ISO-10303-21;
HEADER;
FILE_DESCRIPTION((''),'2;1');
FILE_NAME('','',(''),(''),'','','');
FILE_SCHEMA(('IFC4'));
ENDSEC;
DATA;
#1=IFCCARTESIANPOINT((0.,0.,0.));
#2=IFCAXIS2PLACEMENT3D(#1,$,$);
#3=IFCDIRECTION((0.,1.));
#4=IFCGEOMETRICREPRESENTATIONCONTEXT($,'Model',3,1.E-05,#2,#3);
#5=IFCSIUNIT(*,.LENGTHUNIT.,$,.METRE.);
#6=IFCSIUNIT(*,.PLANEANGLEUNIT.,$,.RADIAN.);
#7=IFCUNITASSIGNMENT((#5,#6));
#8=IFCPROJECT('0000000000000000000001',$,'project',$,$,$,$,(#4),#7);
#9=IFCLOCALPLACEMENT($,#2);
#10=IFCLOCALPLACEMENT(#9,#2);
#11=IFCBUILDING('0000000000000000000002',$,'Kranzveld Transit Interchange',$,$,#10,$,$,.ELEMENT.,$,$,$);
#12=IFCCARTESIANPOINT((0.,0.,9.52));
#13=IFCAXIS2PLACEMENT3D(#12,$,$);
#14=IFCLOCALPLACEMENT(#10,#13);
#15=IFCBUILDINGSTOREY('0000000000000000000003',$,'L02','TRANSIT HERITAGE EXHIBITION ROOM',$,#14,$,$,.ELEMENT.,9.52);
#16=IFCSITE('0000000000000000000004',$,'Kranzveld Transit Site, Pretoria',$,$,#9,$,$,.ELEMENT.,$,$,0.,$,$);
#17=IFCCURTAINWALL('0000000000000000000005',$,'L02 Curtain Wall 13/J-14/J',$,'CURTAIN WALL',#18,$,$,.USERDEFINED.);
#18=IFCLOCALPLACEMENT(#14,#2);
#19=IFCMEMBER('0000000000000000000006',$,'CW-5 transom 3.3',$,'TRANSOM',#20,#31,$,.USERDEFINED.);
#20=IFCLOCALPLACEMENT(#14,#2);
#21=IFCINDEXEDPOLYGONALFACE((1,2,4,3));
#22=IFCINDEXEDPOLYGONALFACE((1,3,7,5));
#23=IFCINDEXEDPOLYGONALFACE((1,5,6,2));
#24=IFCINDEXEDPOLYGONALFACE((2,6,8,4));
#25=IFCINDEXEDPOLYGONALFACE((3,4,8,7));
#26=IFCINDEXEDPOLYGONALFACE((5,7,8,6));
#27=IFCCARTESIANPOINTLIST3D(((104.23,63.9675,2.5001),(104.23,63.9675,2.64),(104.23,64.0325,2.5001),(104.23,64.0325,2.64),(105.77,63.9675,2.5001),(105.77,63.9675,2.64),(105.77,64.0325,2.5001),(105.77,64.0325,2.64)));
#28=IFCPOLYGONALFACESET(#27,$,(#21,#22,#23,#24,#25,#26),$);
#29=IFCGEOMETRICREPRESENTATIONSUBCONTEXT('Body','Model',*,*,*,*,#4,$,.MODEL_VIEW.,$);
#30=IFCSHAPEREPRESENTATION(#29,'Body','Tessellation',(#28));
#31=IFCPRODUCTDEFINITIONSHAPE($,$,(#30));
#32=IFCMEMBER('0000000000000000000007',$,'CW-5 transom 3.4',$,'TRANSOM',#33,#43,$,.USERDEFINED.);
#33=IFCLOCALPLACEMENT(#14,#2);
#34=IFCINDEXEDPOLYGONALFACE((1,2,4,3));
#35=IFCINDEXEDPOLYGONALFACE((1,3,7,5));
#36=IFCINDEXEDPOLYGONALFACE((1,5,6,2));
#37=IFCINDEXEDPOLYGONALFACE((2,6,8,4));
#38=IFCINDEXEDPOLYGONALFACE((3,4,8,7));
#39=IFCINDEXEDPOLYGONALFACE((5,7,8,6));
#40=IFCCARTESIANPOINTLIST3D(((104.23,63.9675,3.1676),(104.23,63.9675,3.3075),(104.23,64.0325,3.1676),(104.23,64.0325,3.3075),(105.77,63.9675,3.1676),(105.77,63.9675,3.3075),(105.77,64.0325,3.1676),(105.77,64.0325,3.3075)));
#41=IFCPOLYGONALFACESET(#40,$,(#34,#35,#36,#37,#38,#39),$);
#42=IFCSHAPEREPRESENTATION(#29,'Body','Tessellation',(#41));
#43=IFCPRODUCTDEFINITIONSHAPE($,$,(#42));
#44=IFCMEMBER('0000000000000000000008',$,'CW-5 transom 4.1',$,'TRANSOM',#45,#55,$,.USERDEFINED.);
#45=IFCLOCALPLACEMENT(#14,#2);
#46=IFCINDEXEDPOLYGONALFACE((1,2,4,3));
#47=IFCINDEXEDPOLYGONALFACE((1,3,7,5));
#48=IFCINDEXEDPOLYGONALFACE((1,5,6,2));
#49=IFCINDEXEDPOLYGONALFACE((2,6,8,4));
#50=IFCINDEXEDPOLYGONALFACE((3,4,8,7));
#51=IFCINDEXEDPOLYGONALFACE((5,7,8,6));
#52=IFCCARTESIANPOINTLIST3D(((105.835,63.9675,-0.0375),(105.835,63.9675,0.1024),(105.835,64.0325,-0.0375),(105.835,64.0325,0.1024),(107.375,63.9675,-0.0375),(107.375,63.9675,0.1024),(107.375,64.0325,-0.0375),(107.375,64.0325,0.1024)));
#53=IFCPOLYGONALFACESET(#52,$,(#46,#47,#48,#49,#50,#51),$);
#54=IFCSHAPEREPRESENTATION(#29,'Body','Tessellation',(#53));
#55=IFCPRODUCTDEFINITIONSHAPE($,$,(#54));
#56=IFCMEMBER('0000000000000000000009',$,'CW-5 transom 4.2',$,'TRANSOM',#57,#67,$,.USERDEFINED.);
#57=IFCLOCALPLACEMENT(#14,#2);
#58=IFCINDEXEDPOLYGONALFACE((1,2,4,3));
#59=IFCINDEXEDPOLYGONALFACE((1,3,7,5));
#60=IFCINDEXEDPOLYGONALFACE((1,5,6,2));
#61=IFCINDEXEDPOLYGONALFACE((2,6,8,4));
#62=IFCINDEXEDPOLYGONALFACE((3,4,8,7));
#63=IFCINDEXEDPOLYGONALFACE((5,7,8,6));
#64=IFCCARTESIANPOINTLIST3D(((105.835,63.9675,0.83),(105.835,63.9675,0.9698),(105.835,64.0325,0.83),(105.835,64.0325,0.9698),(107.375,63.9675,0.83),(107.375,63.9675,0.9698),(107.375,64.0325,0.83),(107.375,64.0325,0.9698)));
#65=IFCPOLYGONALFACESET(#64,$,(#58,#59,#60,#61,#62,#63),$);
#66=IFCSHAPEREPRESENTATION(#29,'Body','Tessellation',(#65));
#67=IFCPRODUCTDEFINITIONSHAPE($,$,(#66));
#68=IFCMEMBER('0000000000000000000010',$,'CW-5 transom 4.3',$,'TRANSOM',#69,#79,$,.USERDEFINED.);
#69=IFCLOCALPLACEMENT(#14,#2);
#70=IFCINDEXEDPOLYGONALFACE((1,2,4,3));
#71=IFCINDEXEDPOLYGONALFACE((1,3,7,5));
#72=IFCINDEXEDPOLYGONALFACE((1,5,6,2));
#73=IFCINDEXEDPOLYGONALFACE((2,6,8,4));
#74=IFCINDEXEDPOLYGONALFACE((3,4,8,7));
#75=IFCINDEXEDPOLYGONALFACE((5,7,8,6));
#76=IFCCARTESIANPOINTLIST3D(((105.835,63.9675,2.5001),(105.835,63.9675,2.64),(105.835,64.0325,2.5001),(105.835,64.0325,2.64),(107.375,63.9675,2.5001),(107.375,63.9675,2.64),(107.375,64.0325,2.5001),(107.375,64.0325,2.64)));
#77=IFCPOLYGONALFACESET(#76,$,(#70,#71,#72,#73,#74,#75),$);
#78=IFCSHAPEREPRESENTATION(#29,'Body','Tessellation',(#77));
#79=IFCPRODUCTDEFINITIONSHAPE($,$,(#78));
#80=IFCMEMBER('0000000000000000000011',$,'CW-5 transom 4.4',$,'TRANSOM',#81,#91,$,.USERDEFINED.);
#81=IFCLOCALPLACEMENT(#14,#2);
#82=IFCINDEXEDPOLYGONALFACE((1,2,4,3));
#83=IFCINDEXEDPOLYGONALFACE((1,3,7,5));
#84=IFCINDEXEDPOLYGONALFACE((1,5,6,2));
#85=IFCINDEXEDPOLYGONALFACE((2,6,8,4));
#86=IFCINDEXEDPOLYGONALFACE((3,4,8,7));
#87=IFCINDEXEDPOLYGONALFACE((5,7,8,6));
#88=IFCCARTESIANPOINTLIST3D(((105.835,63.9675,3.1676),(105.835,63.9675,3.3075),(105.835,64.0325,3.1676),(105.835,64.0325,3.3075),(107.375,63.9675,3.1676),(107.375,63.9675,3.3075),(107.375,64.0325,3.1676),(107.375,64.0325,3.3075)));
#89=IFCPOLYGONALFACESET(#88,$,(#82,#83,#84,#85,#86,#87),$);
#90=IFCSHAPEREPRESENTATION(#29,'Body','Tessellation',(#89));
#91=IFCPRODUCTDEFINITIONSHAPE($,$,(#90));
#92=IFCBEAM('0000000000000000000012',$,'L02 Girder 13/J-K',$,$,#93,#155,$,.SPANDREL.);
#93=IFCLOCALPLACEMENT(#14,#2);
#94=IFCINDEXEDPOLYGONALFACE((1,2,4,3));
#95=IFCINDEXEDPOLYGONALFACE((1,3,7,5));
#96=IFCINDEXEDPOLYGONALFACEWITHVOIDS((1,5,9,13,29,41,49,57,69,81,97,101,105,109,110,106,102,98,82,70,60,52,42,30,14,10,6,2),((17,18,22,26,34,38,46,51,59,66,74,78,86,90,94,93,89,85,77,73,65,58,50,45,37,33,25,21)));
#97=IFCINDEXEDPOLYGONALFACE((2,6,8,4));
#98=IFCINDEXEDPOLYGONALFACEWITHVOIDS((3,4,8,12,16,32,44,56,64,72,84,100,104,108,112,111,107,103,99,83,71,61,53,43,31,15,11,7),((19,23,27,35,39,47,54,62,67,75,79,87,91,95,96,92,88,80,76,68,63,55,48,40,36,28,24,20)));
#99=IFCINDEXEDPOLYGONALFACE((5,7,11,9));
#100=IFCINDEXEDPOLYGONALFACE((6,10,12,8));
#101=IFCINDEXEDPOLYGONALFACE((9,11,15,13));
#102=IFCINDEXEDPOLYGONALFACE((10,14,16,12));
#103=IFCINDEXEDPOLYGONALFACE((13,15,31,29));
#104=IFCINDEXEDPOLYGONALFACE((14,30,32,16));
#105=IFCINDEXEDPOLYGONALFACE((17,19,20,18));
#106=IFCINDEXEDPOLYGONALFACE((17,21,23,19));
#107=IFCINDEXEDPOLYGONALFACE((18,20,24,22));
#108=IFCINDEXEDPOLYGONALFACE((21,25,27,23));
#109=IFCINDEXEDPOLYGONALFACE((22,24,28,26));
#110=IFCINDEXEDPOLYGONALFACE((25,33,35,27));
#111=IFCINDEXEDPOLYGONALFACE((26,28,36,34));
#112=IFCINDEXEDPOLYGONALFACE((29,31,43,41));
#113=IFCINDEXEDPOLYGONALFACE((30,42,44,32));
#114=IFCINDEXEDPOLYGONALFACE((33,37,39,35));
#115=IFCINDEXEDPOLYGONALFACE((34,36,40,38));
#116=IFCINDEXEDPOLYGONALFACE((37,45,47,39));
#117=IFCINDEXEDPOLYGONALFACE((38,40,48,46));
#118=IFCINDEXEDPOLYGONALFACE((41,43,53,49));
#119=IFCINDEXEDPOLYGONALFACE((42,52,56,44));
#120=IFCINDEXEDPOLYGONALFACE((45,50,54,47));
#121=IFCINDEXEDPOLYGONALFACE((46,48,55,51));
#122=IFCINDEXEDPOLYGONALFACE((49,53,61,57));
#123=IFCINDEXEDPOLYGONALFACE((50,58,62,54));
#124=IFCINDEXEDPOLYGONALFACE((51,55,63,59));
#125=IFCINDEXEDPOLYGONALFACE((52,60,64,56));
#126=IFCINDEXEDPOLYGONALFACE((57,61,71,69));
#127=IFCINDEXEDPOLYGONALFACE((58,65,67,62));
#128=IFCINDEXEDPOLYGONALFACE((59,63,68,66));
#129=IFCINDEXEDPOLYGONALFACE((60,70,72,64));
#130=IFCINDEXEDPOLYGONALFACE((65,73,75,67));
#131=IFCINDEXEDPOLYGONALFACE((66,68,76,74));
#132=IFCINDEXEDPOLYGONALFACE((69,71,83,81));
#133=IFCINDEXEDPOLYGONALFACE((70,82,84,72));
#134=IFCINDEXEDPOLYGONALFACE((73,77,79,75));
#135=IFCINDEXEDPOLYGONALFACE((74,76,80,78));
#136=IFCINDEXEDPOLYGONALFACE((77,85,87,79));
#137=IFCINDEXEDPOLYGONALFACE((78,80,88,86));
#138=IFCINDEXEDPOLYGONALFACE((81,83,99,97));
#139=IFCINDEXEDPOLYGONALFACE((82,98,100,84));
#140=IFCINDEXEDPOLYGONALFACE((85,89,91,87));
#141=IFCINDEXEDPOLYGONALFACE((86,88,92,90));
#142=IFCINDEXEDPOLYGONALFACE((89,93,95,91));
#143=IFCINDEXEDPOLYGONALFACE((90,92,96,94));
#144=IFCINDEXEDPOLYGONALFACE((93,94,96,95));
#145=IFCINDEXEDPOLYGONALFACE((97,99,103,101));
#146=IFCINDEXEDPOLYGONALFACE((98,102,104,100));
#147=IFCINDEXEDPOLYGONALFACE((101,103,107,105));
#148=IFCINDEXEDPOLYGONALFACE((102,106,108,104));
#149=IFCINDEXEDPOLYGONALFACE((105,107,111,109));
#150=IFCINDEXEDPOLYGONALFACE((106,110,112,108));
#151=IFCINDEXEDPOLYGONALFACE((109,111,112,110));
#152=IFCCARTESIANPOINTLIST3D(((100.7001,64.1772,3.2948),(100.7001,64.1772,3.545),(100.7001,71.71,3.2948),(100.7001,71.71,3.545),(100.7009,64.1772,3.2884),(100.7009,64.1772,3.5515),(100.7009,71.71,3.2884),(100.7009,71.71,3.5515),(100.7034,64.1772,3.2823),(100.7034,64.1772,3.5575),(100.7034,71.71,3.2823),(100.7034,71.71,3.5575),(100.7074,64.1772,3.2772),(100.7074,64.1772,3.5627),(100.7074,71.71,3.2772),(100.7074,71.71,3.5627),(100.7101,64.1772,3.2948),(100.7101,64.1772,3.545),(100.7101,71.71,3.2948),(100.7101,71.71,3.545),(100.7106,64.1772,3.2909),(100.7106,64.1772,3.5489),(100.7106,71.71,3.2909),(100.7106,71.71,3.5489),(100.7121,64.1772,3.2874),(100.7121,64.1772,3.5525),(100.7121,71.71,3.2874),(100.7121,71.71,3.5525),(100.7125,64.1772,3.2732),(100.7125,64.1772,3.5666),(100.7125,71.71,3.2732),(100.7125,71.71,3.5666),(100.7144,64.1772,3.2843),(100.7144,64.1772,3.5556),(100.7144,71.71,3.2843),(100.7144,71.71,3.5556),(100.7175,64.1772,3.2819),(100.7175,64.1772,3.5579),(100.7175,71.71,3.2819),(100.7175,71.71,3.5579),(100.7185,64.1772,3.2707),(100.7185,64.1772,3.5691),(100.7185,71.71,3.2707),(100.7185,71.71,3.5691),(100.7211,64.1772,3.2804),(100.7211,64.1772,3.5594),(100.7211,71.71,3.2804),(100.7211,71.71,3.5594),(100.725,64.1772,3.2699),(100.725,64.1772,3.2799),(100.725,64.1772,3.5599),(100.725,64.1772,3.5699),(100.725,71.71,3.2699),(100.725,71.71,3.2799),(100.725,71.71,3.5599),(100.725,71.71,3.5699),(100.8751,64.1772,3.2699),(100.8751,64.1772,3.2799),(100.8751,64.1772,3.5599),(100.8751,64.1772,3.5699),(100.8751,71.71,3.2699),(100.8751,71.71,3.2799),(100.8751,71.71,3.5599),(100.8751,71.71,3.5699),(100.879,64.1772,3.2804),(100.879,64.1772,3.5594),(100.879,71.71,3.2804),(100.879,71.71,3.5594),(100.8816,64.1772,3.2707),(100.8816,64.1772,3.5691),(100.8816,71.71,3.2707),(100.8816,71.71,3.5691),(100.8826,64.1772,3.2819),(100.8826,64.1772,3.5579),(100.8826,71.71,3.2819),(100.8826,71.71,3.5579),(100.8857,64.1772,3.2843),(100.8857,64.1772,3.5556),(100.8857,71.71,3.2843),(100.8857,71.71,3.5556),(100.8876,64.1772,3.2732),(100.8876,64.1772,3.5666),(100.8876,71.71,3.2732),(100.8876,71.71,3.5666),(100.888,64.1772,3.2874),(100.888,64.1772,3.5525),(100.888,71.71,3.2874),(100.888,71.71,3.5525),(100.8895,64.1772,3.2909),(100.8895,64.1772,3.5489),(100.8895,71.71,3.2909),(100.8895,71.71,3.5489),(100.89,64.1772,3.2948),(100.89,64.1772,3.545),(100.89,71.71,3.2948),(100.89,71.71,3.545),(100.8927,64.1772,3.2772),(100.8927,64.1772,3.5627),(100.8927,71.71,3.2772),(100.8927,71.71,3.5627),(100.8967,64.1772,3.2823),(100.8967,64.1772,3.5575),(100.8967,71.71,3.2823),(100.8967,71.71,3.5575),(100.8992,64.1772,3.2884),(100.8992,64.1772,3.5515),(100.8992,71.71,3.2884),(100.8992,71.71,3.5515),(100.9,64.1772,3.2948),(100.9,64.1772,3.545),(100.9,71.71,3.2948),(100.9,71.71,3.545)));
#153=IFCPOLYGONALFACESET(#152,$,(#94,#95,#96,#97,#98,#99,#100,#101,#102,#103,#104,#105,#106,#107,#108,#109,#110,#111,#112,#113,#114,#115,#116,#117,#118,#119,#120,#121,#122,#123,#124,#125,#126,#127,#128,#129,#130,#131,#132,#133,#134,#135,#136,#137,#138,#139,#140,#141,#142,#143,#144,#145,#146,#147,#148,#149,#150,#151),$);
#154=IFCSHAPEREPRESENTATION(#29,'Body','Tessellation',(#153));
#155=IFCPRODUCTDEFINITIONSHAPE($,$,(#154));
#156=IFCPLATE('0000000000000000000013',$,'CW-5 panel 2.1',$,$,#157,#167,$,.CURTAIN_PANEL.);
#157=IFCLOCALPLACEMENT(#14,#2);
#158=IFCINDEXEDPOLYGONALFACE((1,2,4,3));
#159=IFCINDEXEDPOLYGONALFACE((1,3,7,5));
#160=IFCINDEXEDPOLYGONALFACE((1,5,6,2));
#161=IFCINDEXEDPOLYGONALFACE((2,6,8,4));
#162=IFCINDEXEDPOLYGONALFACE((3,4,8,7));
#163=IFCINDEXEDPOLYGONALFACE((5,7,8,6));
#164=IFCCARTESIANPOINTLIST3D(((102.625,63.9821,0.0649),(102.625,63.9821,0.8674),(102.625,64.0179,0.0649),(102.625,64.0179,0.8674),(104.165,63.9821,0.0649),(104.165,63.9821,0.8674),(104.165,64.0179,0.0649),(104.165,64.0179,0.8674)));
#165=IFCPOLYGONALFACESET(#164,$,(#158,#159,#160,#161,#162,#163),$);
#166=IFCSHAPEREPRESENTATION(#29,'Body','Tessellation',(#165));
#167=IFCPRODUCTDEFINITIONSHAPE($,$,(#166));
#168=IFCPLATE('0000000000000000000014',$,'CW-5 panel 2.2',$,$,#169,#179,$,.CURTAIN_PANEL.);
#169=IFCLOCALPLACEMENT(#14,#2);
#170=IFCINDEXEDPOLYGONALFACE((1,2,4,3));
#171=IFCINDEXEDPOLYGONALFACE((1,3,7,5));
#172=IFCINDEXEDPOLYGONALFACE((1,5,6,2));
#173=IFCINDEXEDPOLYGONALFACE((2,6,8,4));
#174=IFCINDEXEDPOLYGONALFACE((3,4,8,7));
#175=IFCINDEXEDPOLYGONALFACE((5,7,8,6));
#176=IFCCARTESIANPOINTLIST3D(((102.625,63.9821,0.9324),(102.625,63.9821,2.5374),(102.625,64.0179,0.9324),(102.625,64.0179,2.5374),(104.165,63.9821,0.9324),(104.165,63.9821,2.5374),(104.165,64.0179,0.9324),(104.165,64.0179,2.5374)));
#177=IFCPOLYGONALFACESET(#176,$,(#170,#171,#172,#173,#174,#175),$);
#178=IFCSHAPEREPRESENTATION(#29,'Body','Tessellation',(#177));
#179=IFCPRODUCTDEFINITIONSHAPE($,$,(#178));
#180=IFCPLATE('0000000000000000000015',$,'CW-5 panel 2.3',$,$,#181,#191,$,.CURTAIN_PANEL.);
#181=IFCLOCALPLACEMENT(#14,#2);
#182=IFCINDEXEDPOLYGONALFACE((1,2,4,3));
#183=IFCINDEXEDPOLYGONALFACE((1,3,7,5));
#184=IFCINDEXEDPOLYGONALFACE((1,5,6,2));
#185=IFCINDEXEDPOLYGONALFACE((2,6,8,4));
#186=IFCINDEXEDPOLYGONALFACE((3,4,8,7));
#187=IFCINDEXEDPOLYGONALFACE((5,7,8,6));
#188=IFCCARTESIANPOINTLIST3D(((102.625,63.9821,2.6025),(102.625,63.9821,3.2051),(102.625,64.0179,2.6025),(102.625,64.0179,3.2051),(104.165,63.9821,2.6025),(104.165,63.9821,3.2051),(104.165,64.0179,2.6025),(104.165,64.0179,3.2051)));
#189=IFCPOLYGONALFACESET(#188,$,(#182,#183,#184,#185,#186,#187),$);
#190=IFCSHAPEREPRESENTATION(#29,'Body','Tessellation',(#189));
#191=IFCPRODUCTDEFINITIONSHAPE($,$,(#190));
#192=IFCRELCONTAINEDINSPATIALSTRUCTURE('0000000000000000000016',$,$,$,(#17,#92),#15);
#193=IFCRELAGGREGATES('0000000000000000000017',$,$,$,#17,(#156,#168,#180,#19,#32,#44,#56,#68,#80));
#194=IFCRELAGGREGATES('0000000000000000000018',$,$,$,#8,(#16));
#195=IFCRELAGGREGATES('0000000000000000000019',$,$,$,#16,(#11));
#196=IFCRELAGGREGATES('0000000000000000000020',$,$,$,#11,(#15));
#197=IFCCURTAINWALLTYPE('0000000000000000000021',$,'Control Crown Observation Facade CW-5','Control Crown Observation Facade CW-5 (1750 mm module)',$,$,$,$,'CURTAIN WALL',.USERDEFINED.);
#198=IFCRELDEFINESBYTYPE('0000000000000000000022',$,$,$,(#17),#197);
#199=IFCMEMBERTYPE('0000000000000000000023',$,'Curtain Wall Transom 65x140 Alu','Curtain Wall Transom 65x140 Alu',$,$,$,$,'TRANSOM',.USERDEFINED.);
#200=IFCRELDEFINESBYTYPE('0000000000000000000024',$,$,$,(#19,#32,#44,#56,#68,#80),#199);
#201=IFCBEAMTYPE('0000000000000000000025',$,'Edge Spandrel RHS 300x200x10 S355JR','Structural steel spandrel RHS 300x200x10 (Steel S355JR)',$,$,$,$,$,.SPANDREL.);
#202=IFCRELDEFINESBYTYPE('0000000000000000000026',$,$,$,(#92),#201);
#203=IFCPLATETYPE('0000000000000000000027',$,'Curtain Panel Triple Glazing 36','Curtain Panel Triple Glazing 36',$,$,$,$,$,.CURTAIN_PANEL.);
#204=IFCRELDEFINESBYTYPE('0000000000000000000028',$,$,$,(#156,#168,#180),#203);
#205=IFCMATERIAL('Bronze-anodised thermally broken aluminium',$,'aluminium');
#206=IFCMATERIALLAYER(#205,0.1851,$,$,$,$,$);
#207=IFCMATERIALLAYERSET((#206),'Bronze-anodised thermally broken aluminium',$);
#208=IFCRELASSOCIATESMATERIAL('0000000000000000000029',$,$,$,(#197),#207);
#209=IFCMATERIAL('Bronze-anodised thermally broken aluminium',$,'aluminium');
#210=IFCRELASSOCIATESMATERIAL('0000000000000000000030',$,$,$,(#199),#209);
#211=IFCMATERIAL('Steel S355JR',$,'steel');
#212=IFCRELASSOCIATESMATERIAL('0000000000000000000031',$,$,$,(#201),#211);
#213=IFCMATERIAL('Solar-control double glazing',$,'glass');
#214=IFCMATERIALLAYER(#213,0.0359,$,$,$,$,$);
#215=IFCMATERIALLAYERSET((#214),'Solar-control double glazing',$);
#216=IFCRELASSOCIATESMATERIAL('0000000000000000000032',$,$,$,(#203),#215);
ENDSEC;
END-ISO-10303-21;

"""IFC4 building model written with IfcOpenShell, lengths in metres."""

from ifc_helpers import new_model, si_unit, direction, frame, origin, origin_2d, place, context, subcontext, project, spatial, rectangle, hollow_rectangle, extrude, material, layer, layer_set, material_profile, profile_set, type_object, element, aggregate, save


model = new_model("IFC4")

# Units and contexts
model_context = context("Model", 3, precision=1e-05, world=origin(), true_north=direction((0.0, 1.0)))
body_context = subcontext(model_context, "Body", "Model", "MODEL_VIEW")
ifc_project = project(units=[si_unit("LENGTHUNIT", "METRE"), si_unit("PLANEANGLEUNIT", "RADIAN")], contexts=[model_context])

# Site, building, storey
site_placement = place(None, origin())
site = spatial("IfcSite", under=ifc_project, at=site_placement, Name="Kranzveld Transit Site, Pretoria", CompositionType="ELEMENT", RefElevation=0.0)
building_placement = place(site_placement, origin())
building = spatial("IfcBuilding", under=site, at=building_placement, Name="Kranzveld Transit Interchange", CompositionType="ELEMENT")
storey_placement = place(building_placement, frame((0.0, 0.0, 9.52)))
storey = spatial("IfcBuildingStorey", under=building, at=storey_placement, Name="L02", Description="TRANSIT HERITAGE EXHIBITION ROOM", CompositionType="ELEMENT", Elevation=9.52)

# Curtain wall
ifc_material_1 = material(Name="Bronze-anodised thermally broken aluminium", Category="aluminium")
ifc_layer_1 = layer(ifc_material_1, 0.1851)
ifc_layer_set_1 = layer_set([ifc_layer_1], Name="Bronze-anodised thermally broken aluminium")
curtain_wall_type_1 = type_object("IfcCurtainWallType", Name="Control Crown Observation Facade CW-5", Description="Control Crown Observation Facade CW-5 (1750 mm module)", ElementType="CURTAIN WALL", PredefinedType="USERDEFINED", material=ifc_layer_set_1)
curtain_wall_1_placement = place(storey_placement, origin())
curtain_wall_1 = element("IfcCurtainWall", 1, at=curtain_wall_1_placement, inside=storey, type_object=curtain_wall_type_1, Name="L02 Curtain Wall 13/J-14/J", ObjectType="CURTAIN WALL", PredefinedType="USERDEFINED")

# Members
ifc_material_2 = material(Name="Bronze-anodised thermally broken aluminium", Category="aluminium")
ifc_material_profile_1 = material_profile(ifc_material_2, rectangle(XDim=0.0649, YDim=0.1399, at=origin_2d()), Name="ALU TRANSOM 65x140")
ifc_profile_set_1 = profile_set([ifc_material_profile_1], Name="Bronze-anodised thermally broken aluminium")
member_type_1 = type_object("IfcMemberType", Name="Curtain Wall Transom 65x140 Alu", Description="Curtain Wall Transom 65x140 Alu", ElementType="TRANSOM", PredefinedType="USERDEFINED", material=ifc_profile_set_1)
member_1_placement = place(storey_placement, frame((104.23, 64.0, 2.5701), z_axis=(1.0, 0.0, 0.0), x_axis=(0.0, 1.0, 0.0)))
member_1 = element("IfcMember", 2, at=member_1_placement, type_object=member_type_1, Name="CW-5 transom 3.3", ObjectType="TRANSOM", PredefinedType="USERDEFINED", context=body_context, shape_type="SweptSolid", body=[
    extrude(rectangle(XDim=0.0649, YDim=0.1399, at=origin_2d()), origin(), (0.0, 0.0, 1.0), 1.54),
])
member_2_placement = place(storey_placement, frame((104.23, 64.0, 3.2375), z_axis=(1.0, 0.0, 0.0), x_axis=(0.0, 1.0, 0.0)))
member_2 = element("IfcMember", 3, at=member_2_placement, type_object=member_type_1, Name="CW-5 transom 3.4", ObjectType="TRANSOM", PredefinedType="USERDEFINED", context=body_context, shape_type="SweptSolid", body=[
    extrude(rectangle(XDim=0.0649, YDim=0.1399, at=origin_2d()), origin(), (0.0, 0.0, 1.0), 1.54),
])
member_3_placement = place(storey_placement, frame((105.835, 64.0, 0.0325), z_axis=(1.0, 0.0, 0.0), x_axis=(0.0, 1.0, 0.0)))
member_3 = element("IfcMember", 4, at=member_3_placement, type_object=member_type_1, Name="CW-5 transom 4.1", ObjectType="TRANSOM", PredefinedType="USERDEFINED", context=body_context, shape_type="SweptSolid", body=[
    extrude(rectangle(XDim=0.0649, YDim=0.1399, at=origin_2d()), origin(), (0.0, 0.0, 1.0), 1.54),
])
member_4_placement = place(storey_placement, frame((105.835, 64.0, 0.8999), z_axis=(1.0, 0.0, 0.0), x_axis=(0.0, 1.0, 0.0)))
member_4 = element("IfcMember", 5, at=member_4_placement, type_object=member_type_1, Name="CW-5 transom 4.2", ObjectType="TRANSOM", PredefinedType="USERDEFINED", context=body_context, shape_type="SweptSolid", body=[
    extrude(rectangle(XDim=0.0649, YDim=0.1399, at=origin_2d()), origin(), (0.0, 0.0, 1.0), 1.54),
])
member_5_placement = place(storey_placement, frame((105.835, 64.0, 2.5701), z_axis=(1.0, 0.0, 0.0), x_axis=(0.0, 1.0, 0.0)))
member_5 = element("IfcMember", 6, at=member_5_placement, type_object=member_type_1, Name="CW-5 transom 4.3", ObjectType="TRANSOM", PredefinedType="USERDEFINED", context=body_context, shape_type="SweptSolid", body=[
    extrude(rectangle(XDim=0.0649, YDim=0.1399, at=origin_2d()), origin(), (0.0, 0.0, 1.0), 1.54),
])
member_6_placement = place(storey_placement, frame((105.835, 64.0, 3.2375), z_axis=(1.0, 0.0, 0.0), x_axis=(0.0, 1.0, 0.0)))
member_6 = element("IfcMember", 7, at=member_6_placement, type_object=member_type_1, Name="CW-5 transom 4.4", ObjectType="TRANSOM", PredefinedType="USERDEFINED", context=body_context, shape_type="SweptSolid", body=[
    extrude(rectangle(XDim=0.0649, YDim=0.1399, at=origin_2d()), origin(), (0.0, 0.0, 1.0), 1.54),
])

# Beam
ifc_material_3 = material(Name="Steel S355JR", Category="steel")
ifc_material_profile_2 = material_profile(ifc_material_3, hollow_rectangle(XDim=0.2, YDim=0.3, WallThickness=0.01, InnerFilletRadius=0.0149, OuterFilletRadius=0.0249, at=origin_2d()), Name="RHS 300x200x10")
ifc_profile_set_2 = profile_set([ifc_material_profile_2], Name="Steel S355JR")
beam_type = type_object("IfcBeamType", Name="Edge Spandrel RHS 300x200x10 S355JR", Description="Structural steel spandrel RHS 300x200x10 (Steel S355JR)", PredefinedType="SPANDREL", material=ifc_profile_set_2)
beam_placement = place(storey_placement, frame((100.8, 64.1772, 3.4199), z_axis=(0.0, 1.0, 0.0), x_axis=(-1.0, 0.0, 0.0)))
element("IfcBeam", 8, at=beam_placement, inside=storey, type_object=beam_type, Name="L02 Girder 13/J-K", PredefinedType="SPANDREL", context=body_context, shape_type="SweptSolid", body=[
    extrude(hollow_rectangle(XDim=0.2, YDim=0.3, WallThickness=0.01, InnerFilletRadius=0.0149, OuterFilletRadius=0.0249, at=origin_2d()), origin(), (0.0, 0.0, 1.0), 7.5327),
])

# Plates
ifc_material_4 = material(Name="Solar-control double glazing", Category="glass")
ifc_layer_2 = layer(ifc_material_4, 0.0359)
ifc_layer_set_2 = layer_set([ifc_layer_2], Name="Solar-control double glazing")
plate_type_1 = type_object("IfcPlateType", Name="Curtain Panel Triple Glazing 36", Description="Curtain Panel Triple Glazing 36", PredefinedType="CURTAIN_PANEL", material=ifc_layer_set_2)
plate_1_placement = place(storey_placement, frame((103.395, 64.0, 0.0649), z_axis=(0.0, 0.0, 1.0), x_axis=(1.0, 0.0, 0.0)))
plate_1 = element("IfcPlate", 9, at=plate_1_placement, type_object=plate_type_1, Name="CW-5 panel 2.1", PredefinedType="CURTAIN_PANEL", context=body_context, shape_type="SweptSolid", body=[
    extrude(rectangle(XDim=1.54, YDim=0.0359, at=origin_2d()), origin(), (0.0, 0.0, 1.0), 0.8025),
])
plate_2_placement = place(storey_placement, frame((103.395, 64.0, 0.9324), z_axis=(0.0, 0.0, 1.0), x_axis=(1.0, 0.0, 0.0)))
plate_2 = element("IfcPlate", 10, at=plate_2_placement, type_object=plate_type_1, Name="CW-5 panel 2.2", PredefinedType="CURTAIN_PANEL", context=body_context, shape_type="SweptSolid", body=[
    extrude(rectangle(XDim=1.54, YDim=0.0359, at=origin_2d()), origin(), (0.0, 0.0, 1.0), 1.605),
])
plate_3_placement = place(storey_placement, frame((103.395, 64.0, 2.6025), z_axis=(0.0, 0.0, 1.0), x_axis=(1.0, 0.0, 0.0)))
plate_3 = element("IfcPlate", 11, at=plate_3_placement, type_object=plate_type_1, Name="CW-5 panel 2.3", PredefinedType="CURTAIN_PANEL", context=body_context, shape_type="SweptSolid", body=[
    extrude(rectangle(XDim=1.54, YDim=0.0359, at=origin_2d()), origin(), (0.0, 0.0, 1.0), 0.6025),
])
aggregate(curtain_wall_1, [plate_1, plate_2, plate_3, member_1, member_2, member_3, member_4, member_5, member_6])

save(model, "model.ifc")
